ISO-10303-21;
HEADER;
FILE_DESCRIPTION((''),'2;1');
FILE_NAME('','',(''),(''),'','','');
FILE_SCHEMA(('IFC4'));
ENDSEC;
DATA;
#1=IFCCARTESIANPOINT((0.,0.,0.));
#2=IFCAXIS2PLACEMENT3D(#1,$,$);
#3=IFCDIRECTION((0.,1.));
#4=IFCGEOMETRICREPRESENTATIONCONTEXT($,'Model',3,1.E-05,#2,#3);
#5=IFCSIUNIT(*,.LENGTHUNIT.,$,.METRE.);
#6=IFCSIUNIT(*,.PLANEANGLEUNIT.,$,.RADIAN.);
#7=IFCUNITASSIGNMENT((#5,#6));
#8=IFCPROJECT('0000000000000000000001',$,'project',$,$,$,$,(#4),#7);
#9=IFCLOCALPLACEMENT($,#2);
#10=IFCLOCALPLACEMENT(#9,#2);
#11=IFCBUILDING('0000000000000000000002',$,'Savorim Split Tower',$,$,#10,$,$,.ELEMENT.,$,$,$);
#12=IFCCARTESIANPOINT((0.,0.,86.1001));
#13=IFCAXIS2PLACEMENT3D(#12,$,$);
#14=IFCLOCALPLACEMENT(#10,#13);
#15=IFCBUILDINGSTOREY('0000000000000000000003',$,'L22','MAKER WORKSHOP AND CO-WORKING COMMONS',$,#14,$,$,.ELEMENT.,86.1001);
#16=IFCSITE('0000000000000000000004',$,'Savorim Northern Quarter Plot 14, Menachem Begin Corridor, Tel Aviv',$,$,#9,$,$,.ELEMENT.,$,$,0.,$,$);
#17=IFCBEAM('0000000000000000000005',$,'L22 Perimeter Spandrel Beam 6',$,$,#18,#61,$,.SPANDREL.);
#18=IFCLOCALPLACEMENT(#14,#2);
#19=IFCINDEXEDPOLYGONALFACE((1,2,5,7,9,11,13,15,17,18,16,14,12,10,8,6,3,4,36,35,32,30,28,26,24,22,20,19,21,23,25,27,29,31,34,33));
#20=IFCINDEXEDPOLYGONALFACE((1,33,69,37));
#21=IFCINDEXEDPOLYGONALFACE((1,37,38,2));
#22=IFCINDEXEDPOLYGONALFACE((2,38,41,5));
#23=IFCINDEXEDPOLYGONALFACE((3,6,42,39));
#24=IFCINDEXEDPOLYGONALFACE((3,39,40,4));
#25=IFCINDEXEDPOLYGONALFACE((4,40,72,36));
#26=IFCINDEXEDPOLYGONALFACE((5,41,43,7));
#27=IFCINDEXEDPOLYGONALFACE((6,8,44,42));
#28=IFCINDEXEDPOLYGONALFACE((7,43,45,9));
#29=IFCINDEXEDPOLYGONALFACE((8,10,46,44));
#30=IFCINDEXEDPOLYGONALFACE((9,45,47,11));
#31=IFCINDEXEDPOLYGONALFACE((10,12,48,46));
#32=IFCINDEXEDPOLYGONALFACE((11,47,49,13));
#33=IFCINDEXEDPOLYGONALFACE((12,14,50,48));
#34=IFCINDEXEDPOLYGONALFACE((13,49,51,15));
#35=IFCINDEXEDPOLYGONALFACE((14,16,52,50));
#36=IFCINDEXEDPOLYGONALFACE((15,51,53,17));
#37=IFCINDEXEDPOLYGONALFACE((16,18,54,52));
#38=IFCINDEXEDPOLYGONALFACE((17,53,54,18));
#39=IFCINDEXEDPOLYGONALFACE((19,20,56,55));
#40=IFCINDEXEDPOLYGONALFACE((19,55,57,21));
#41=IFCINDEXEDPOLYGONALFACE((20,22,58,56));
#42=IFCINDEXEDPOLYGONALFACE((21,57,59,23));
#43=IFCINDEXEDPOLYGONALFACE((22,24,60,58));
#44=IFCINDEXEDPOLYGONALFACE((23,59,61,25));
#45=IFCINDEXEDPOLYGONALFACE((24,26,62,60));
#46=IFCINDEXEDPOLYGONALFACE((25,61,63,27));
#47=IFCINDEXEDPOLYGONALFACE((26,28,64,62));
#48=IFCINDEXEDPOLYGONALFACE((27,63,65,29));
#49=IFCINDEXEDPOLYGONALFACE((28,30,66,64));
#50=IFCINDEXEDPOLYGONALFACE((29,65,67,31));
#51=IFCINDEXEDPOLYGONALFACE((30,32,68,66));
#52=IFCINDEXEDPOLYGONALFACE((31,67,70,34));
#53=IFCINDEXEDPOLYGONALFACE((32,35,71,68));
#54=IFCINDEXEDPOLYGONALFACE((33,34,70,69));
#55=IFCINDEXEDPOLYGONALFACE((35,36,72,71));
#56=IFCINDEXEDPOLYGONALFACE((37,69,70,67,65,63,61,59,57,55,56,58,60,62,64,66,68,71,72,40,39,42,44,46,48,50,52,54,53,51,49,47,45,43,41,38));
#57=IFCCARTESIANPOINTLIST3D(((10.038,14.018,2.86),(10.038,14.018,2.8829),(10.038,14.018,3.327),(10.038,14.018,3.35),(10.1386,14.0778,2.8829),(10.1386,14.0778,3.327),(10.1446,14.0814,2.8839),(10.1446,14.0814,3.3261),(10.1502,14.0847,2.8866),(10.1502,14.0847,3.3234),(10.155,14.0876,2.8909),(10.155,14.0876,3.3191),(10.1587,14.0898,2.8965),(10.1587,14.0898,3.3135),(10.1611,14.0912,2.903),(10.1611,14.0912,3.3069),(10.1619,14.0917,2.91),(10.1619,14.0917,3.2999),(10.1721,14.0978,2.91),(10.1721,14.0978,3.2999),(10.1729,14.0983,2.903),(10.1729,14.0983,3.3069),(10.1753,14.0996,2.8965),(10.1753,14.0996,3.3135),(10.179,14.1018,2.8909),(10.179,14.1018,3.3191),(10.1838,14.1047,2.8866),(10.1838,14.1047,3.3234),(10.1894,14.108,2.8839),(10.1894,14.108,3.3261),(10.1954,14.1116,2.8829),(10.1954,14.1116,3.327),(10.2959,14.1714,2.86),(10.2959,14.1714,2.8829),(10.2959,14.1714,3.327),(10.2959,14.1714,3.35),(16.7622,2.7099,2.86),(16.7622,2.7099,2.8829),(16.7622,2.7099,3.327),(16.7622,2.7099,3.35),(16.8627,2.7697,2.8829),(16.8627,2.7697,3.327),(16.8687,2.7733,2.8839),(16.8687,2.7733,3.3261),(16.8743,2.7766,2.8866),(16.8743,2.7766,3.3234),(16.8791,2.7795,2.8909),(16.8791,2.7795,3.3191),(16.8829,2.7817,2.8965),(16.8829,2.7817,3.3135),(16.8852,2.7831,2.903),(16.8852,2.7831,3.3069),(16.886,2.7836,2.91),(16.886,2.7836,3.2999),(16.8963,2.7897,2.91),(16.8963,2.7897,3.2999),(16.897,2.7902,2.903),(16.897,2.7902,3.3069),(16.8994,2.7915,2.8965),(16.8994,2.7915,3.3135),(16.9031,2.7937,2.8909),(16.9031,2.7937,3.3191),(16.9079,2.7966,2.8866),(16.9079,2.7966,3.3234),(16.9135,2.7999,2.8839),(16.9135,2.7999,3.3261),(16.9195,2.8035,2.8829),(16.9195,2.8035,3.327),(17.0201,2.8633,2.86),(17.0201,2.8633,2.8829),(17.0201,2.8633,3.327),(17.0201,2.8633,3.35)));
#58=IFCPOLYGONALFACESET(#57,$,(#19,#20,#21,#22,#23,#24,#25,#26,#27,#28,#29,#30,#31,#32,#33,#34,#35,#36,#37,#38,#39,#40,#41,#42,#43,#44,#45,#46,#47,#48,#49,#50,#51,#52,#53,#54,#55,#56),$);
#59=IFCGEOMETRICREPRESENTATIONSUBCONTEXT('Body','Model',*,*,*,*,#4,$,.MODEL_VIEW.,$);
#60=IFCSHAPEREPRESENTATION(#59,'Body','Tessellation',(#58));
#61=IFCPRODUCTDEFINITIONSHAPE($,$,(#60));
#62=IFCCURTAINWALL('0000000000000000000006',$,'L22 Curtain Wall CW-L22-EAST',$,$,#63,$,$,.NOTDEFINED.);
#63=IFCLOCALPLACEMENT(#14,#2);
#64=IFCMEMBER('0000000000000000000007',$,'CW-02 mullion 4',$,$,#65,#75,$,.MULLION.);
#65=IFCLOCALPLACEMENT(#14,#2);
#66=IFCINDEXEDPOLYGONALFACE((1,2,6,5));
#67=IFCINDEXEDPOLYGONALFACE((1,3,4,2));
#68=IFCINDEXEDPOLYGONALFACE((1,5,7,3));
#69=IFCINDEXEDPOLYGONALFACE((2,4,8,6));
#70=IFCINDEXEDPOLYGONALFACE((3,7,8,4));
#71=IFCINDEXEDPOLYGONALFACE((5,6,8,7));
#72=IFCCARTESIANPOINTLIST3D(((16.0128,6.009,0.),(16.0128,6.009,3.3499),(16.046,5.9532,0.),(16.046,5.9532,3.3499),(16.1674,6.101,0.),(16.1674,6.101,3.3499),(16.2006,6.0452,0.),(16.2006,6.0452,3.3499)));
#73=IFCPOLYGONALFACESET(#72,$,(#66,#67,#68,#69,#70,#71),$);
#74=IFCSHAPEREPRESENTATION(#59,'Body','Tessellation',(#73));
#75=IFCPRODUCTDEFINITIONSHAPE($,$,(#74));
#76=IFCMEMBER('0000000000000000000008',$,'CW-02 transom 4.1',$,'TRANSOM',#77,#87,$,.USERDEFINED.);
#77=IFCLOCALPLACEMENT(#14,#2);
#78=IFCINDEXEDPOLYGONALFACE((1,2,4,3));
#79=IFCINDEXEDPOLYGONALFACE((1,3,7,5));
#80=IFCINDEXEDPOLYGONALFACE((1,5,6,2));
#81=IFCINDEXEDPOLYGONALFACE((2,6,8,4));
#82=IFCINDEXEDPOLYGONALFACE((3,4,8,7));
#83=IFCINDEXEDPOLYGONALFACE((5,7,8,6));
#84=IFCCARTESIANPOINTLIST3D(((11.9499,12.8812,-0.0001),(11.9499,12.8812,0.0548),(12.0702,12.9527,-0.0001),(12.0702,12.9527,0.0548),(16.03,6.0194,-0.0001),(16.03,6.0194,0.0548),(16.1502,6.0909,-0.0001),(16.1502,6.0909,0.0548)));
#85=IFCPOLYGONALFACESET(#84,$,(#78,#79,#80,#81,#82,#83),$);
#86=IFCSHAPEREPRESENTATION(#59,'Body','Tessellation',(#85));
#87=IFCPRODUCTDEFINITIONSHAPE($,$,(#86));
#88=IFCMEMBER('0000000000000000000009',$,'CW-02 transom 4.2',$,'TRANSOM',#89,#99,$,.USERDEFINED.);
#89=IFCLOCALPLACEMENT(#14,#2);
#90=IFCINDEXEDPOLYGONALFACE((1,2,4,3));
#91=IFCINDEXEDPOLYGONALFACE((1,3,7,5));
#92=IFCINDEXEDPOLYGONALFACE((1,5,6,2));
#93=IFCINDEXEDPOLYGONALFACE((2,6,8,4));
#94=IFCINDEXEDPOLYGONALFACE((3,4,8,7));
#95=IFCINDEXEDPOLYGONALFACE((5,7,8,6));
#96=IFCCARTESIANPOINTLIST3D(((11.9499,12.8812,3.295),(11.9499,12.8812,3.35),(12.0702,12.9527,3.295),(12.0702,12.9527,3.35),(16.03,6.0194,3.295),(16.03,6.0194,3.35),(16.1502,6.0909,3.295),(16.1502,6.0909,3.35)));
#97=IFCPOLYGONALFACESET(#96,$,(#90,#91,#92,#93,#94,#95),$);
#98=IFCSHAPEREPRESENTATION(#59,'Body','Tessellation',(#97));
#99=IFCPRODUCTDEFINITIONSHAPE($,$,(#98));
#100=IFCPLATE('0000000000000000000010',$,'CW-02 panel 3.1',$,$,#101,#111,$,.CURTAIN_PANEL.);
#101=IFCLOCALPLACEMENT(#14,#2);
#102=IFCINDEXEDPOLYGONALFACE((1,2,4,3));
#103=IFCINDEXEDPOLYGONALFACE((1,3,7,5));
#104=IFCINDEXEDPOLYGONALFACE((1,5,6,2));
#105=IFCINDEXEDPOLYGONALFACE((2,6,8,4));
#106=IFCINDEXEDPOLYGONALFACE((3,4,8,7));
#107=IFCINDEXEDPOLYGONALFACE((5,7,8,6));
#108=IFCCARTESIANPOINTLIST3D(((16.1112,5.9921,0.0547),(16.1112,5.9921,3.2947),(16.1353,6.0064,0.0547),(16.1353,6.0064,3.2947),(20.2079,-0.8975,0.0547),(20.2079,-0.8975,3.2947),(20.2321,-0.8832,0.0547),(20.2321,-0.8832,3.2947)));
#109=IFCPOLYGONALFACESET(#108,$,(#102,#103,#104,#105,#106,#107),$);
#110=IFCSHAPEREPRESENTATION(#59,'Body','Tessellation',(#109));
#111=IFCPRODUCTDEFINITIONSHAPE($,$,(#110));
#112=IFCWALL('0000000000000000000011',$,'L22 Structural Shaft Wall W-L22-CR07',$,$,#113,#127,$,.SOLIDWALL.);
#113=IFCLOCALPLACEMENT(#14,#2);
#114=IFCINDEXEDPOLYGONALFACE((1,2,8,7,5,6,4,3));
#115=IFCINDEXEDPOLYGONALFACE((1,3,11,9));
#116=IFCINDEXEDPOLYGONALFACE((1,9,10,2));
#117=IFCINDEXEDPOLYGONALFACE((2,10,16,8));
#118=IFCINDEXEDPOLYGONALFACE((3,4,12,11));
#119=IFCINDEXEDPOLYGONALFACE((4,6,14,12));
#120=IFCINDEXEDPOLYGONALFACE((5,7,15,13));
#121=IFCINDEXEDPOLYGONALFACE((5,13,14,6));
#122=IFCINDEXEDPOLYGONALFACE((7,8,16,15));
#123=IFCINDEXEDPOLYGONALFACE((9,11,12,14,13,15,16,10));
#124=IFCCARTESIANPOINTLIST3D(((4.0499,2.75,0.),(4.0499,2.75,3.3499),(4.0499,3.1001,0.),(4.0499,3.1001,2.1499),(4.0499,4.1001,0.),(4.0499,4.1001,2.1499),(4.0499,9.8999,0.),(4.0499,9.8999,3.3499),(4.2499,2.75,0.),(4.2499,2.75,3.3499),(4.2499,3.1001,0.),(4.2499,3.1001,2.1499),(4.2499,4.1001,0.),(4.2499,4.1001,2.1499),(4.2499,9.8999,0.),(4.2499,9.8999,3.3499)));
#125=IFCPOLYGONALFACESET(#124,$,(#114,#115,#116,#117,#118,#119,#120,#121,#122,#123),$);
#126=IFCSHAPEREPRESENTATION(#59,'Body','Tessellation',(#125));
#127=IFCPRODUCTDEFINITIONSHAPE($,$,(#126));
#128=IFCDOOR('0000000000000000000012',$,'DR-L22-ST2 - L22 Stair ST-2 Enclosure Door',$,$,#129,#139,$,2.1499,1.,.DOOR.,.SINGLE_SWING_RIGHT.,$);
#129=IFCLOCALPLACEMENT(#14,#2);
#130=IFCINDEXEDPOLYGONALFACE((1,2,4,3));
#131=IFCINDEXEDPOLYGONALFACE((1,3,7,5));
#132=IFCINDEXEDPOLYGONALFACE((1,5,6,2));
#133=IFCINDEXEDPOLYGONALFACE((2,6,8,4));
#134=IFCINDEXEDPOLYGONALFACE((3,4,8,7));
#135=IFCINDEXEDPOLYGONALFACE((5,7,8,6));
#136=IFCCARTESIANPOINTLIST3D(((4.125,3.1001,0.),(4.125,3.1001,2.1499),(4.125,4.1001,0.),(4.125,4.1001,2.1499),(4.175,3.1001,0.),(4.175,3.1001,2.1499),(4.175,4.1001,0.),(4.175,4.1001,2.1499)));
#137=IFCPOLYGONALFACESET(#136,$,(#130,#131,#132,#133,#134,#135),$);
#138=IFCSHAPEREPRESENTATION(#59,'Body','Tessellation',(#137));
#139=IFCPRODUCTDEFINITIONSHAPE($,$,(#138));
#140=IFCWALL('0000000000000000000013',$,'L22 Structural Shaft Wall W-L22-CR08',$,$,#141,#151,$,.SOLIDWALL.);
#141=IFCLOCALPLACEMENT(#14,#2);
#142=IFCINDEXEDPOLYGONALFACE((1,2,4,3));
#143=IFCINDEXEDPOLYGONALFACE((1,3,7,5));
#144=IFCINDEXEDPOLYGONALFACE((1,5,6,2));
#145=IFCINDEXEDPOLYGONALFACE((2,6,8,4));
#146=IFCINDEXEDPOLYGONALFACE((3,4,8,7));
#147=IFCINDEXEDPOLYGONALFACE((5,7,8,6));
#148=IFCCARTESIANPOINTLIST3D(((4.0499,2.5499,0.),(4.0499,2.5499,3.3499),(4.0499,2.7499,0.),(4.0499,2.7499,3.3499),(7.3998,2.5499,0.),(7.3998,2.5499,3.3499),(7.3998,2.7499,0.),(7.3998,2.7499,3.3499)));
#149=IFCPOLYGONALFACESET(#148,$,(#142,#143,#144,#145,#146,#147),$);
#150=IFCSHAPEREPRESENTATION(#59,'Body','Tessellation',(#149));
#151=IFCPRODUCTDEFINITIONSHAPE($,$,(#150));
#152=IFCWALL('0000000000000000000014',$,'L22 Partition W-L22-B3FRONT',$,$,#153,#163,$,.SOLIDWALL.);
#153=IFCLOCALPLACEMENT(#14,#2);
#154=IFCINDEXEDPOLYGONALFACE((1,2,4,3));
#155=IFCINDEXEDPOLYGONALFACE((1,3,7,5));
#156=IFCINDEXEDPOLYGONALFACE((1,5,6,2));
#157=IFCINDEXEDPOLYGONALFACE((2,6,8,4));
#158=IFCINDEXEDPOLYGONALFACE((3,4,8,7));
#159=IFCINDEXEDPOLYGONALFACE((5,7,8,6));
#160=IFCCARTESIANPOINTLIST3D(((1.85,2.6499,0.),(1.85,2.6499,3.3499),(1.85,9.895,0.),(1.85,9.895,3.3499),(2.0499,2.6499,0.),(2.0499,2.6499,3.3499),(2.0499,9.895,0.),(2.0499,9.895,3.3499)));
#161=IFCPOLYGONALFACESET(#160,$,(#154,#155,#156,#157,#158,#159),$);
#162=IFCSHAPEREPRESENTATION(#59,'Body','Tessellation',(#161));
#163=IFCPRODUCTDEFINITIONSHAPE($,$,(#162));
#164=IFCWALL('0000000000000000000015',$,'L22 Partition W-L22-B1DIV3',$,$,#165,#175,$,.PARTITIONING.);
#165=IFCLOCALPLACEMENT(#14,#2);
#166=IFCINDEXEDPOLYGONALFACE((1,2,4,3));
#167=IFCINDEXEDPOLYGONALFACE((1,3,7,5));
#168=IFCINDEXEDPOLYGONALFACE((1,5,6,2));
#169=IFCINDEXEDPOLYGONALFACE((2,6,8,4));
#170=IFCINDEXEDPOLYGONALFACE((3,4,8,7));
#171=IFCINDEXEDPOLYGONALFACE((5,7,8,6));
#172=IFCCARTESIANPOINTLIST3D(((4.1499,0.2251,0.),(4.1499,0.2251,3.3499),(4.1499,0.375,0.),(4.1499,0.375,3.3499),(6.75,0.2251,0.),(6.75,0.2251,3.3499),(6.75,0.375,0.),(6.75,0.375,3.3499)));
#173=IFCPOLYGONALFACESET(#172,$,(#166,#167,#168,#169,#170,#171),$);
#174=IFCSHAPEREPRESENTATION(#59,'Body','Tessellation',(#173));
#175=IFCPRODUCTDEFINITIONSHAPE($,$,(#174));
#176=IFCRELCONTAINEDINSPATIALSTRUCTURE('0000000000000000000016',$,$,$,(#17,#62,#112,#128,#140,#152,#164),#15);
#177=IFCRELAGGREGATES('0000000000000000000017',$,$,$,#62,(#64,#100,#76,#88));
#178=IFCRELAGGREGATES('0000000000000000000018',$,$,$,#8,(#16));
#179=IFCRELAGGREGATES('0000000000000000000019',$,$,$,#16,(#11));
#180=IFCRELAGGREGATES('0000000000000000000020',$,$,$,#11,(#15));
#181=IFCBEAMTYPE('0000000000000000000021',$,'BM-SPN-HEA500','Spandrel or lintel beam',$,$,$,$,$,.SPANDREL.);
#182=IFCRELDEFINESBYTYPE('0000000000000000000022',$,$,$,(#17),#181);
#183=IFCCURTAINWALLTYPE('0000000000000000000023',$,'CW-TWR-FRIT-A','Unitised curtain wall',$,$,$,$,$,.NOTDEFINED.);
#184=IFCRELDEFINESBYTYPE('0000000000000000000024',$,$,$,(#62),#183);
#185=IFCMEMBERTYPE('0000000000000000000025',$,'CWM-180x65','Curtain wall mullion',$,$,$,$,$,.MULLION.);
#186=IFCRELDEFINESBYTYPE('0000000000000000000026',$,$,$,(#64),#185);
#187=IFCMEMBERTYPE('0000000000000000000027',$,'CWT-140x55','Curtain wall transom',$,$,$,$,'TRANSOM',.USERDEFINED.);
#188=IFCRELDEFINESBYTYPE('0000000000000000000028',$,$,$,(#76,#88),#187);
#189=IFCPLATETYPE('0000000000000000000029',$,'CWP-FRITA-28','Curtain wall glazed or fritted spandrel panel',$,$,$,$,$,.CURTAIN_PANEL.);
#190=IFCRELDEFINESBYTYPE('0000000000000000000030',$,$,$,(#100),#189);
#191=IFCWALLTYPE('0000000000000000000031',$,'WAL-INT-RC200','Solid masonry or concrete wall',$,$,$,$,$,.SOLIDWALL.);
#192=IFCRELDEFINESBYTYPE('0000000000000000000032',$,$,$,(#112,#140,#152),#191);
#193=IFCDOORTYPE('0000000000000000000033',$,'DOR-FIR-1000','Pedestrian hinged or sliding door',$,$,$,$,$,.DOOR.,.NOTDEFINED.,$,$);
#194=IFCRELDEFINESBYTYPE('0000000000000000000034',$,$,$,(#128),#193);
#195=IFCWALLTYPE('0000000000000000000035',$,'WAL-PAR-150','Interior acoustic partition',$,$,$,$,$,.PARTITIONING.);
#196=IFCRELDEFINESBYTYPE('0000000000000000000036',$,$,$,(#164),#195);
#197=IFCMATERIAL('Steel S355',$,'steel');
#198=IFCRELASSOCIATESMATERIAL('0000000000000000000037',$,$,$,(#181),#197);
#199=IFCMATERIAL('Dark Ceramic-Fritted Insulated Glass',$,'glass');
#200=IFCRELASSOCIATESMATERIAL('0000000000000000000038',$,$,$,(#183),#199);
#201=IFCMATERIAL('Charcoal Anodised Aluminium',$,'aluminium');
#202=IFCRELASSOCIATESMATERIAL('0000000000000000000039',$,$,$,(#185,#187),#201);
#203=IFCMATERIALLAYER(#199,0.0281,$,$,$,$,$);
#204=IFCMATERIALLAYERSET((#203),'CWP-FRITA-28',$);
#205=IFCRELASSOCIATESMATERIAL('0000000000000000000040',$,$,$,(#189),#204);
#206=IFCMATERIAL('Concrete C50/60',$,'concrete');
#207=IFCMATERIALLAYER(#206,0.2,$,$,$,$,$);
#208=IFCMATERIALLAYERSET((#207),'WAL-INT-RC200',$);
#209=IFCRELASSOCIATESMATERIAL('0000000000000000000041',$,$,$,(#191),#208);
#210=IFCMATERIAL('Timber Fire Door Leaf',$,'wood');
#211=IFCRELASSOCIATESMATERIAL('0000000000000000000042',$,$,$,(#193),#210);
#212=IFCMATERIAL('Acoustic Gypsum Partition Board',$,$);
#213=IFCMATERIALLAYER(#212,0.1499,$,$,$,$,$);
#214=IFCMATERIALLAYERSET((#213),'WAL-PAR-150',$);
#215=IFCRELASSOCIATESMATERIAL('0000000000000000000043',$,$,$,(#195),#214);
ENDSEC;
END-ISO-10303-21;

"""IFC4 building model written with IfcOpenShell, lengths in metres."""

from ifc_helpers import new_model, si_unit, direction, frame, frame_2d, origin, origin_2d, place, context, subcontext, project, spatial, rectangle, i_section, extrude, material, layer, layer_set, material_profile, profile_set, type_object, element, fill, aggregate, save


model = new_model("IFC4")

# Units and contexts
model_context = context("Model", 3, precision=1e-05, world=origin(), true_north=direction((0.0, 1.0)))
body_context = subcontext(model_context, "Body", "Model", "MODEL_VIEW")
ifc_project = project(units=[si_unit("LENGTHUNIT", "METRE"), si_unit("PLANEANGLEUNIT", "RADIAN")], contexts=[model_context])

# Site, building, storey
site_placement = place(None, origin())
site = spatial("IfcSite", under=ifc_project, at=site_placement, Name="Savorim Northern Quarter Plot 14, Menachem Begin Corridor, Tel Aviv", CompositionType="ELEMENT", RefElevation=0.0)
building_placement = place(site_placement, origin())
building = spatial("IfcBuilding", under=site, at=building_placement, Name="Savorim Split Tower", CompositionType="ELEMENT")
storey_placement = place(building_placement, frame((0.0, 0.0, 86.1001)))
storey = spatial("IfcBuildingStorey", under=building, at=storey_placement, Name="L22", Description="MAKER WORKSHOP AND CO-WORKING COMMONS", CompositionType="ELEMENT", Elevation=86.1001)

# Beam
ifc_material_1 = material(Name="Steel S355", Category="steel")
ifc_material_profile_1 = material_profile(ifc_material_1, i_section(OverallWidth=0.3, OverallDepth=0.49, WebThickness=0.012, FlangeThickness=0.0229, FilletRadius=0.0271, at=origin_2d()), Name="HEA 500")
ifc_profile_set_1 = profile_set([ifc_material_profile_1], Name="Steel S355")
beam_type_1 = type_object("IfcBeamType", Name="BM-SPN-HEA500", Description="Spandrel or lintel beam", PredefinedType="SPANDREL", material=ifc_profile_set_1)
beam_1_placement = place(storey_placement, frame((16.8911, 2.7866, 3.105), z_axis=(-0.511097, 0.859523, 0.0), x_axis=(-0.859523, -0.511097, 0.0)))
element("IfcBeam", 1, at=beam_1_placement, inside=storey, type_object=beam_type_1, Name="L22 Perimeter Spandrel Beam 6", PredefinedType="SPANDREL", context=body_context, shape_type="SweptSolid", body=[
    extrude(i_section(OverallWidth=0.3, OverallDepth=0.49, WebThickness=0.012, FlangeThickness=0.0229, FilletRadius=0.0271, at=origin_2d()), origin(), (0.0, 0.0, 1.0), 13.1562),
])

# Curtain wall, members, plate
ifc_material_2 = material(Name="Dark Ceramic-Fritted Insulated Glass", Category="glass")
curtain_wall_type = type_object("IfcCurtainWallType", Name="CW-TWR-FRIT-A", Description="Unitised curtain wall", PredefinedType="NOTDEFINED", material=ifc_material_2)
curtain_wall_placement = place(storey_placement, origin())
curtain_wall = element("IfcCurtainWall", 2, at=curtain_wall_placement, inside=storey, type_object=curtain_wall_type, Name="L22 Curtain Wall CW-L22-EAST", PredefinedType="NOTDEFINED")
ifc_material_3 = material(Name="Charcoal Anodised Aluminium", Category="aluminium")
ifc_material_profile_2 = material_profile(ifc_material_3, rectangle(XDim=0.1799, YDim=0.0649, at=origin_2d()), Name="ALU-M 180x65")
ifc_profile_set_2 = profile_set([ifc_material_profile_2], Name="Charcoal Anodised Aluminium")
member_type_1 = type_object("IfcMemberType", Name="CWM-180x65", Description="Curtain wall mullion", PredefinedType="MULLION", material=ifc_profile_set_2)
member_1_placement = place(storey_placement, frame((16.1067, 6.0271, 0.0), z_axis=(0.0, 0.0, 1.0), x_axis=(-0.859525, -0.511094, 0.0)))
member_1 = element("IfcMember", 3, at=member_1_placement, type_object=member_type_1, Name="CW-02 mullion 4", PredefinedType="MULLION", context=body_context, shape_type="SweptSolid", body=[
    extrude(rectangle(XDim=0.1799, YDim=0.0649, at=origin_2d()), origin(), (0.0, 0.0, 1.0), 3.3499),
])
ifc_material_profile_3 = material_profile(ifc_material_3, rectangle(XDim=0.1399, YDim=0.0549, at=origin_2d()), Name="ALU-T 140x55")
ifc_profile_set_3 = profile_set([ifc_material_profile_3], Name="Charcoal Anodised Aluminium")
member_type_2 = type_object("IfcMemberType", Name="CWT-140x55", Description="Curtain wall transom", ElementType="TRANSOM", PredefinedType="USERDEFINED", material=ifc_profile_set_3)
member_2_placement = place(storey_placement, frame((16.0901, 6.0552, 0.0273), z_axis=(-0.511083, 0.859532, 0.0), x_axis=(-0.859532, -0.511083, 0.0)))
member_2 = element("IfcMember", 4, at=member_2_placement, type_object=member_type_2, Name="CW-02 transom 4.1", ObjectType="TRANSOM", PredefinedType="USERDEFINED", context=body_context, shape_type="SweptSolid", body=[
    extrude(rectangle(XDim=0.1399, YDim=0.0549, at=origin_2d()), origin(), (0.0, 0.0, 1.0), 7.9832),
])
member_3_placement = place(storey_placement, frame((16.0901, 6.0552, 3.3225), z_axis=(-0.511083, 0.859532, 0.0), x_axis=(-0.859532, -0.511083, 0.0)))
member_3 = element("IfcMember", 5, at=member_3_placement, type_object=member_type_2, Name="CW-02 transom 4.2", ObjectType="TRANSOM", PredefinedType="USERDEFINED", context=body_context, shape_type="SweptSolid", body=[
    extrude(rectangle(XDim=0.1399, YDim=0.0549, at=origin_2d()), origin(), (0.0, 0.0, 1.0), 7.9832),
])
ifc_layer_1 = layer(ifc_material_2, 0.0281)
ifc_layer_set_1 = layer_set([ifc_layer_1], Name="CWP-FRITA-28")
plate_type = type_object("IfcPlateType", Name="CWP-FRITA-28", Description="Curtain wall glazed or fritted spandrel panel", PredefinedType="CURTAIN_PANEL", material=ifc_layer_set_1)
plate_placement = place(storey_placement, frame((18.1716, 2.5544, 0.0547), z_axis=(0.0, 0.0, 1.0), x_axis=(-0.511094, 0.859525, 0.0)))
plate = element("IfcPlate", 6, at=plate_placement, type_object=plate_type, Name="CW-02 panel 3.1", PredefinedType="CURTAIN_PANEL", context=body_context, shape_type="SweptSolid", body=[
    extrude(rectangle(XDim=8.0156, YDim=0.0281, at=origin_2d()), origin(), (0.0, 0.0, 1.0), 3.24),
])
aggregate(curtain_wall, [member_1, plate, member_2, member_3])

# Wall, opening, door
ifc_material_4 = material(Name="Concrete C50/60", Category="concrete")
ifc_layer_2 = layer(ifc_material_4, 0.2)
ifc_layer_set_2 = layer_set([ifc_layer_2], Name="WAL-INT-RC200")
wall_type_1 = type_object("IfcWallType", Name="WAL-INT-RC200", Description="Solid masonry or concrete wall", PredefinedType="SOLIDWALL", material=ifc_layer_set_2)
wall_1_placement = place(storey_placement, frame((4.1499, 2.75, 0.0), z_axis=(0.0, 0.0, 1.0), x_axis=(0.0, 1.0, 0.0)))
wall_1 = element("IfcWall", 7, at=wall_1_placement, inside=storey, type_object=wall_type_1, Name="L22 Structural Shaft Wall W-L22-CR07", PredefinedType="SOLIDWALL", context=body_context, shape_type="SweptSolid", body=[
    extrude(rectangle(XDim=7.1499, YDim=0.2, at=frame_2d((3.575, 0.0))), origin(), (0.0, 0.0, 1.0), 3.3499),
])
opening_placement = place(wall_1_placement, frame((0.3501, 0.0, 0.0)))
opening = element("IfcOpeningElement", 8, at=opening_placement, cuts=wall_1, PredefinedType="OPENING", context=body_context, shape_type="SweptSolid", body=[
    extrude(rectangle(XDim=1.0, YDim=2.1499, at=frame_2d((0.5, 1.075))), frame((0.0, 0.1099, 0.0), z_axis=(0.0, -1.0, 0.0), x_axis=(1.0, 0.0, 0.0)), (0.0, 0.0, 1.0), 0.22),
])
ifc_material_5 = material(Name="Timber Fire Door Leaf", Category="wood")
door_type = type_object("IfcDoorType", Name="DOR-FIR-1000", Description="Pedestrian hinged or sliding door", OperationType="NOTDEFINED", PredefinedType="DOOR", material=ifc_material_5)
door_placement = place(opening_placement, origin())
door = element("IfcDoor", 9, at=door_placement, inside=storey, type_object=door_type, Name="DR-L22-ST2 - L22 Stair ST-2 Enclosure Door", OperationType="SINGLE_SWING_RIGHT", OverallHeight=2.1499, OverallWidth=1.0, PredefinedType="DOOR", context=body_context, shape_type="SweptSolid", body=[
    extrude(rectangle(XDim=1.0, YDim=2.1499, at=frame_2d((0.5, 1.075))), frame((0.0, 0.0249, 0.0), z_axis=(0.0, -1.0, 0.0), x_axis=(1.0, 0.0, 0.0)), (0.0, 0.0, 1.0), 0.05),
])
fill(opening, door)

# Walls
wall_2_placement = place(storey_placement, frame((4.05, 2.6499, 0.0), z_axis=(0.0, 0.0, 1.0), x_axis=(1.0, 0.0, 0.0)))
element("IfcWall", 10, at=wall_2_placement, inside=storey, type_object=wall_type_1, Name="L22 Structural Shaft Wall W-L22-CR08", PredefinedType="SOLIDWALL", context=body_context, shape_type="SweptSolid", body=[
    extrude(rectangle(XDim=3.3499, YDim=0.2, at=frame_2d((1.6748, 0.0))), origin(), (0.0, 0.0, 1.0), 3.3499),
])
wall_3_placement = place(storey_placement, frame((1.95, 2.6499, 0.0), z_axis=(0.0, 0.0, 1.0), x_axis=(0.0, 1.0, 0.0)))
element("IfcWall", 11, at=wall_3_placement, inside=storey, type_object=wall_type_1, Name="L22 Partition W-L22-B3FRONT", PredefinedType="SOLIDWALL", context=body_context, shape_type="SweptSolid", body=[
    extrude(rectangle(XDim=7.2451, YDim=0.2, at=frame_2d((3.6226, 0.0))), origin(), (0.0, 0.0, 1.0), 3.3499),
])
ifc_material_6 = material(Name="Acoustic Gypsum Partition Board")
ifc_layer_3 = layer(ifc_material_6, 0.1499)
ifc_layer_set_3 = layer_set([ifc_layer_3], Name="WAL-PAR-150")
wall_type_2 = type_object("IfcWallType", Name="WAL-PAR-150", Description="Interior acoustic partition", PredefinedType="PARTITIONING", material=ifc_layer_set_3)
wall_4_placement = place(storey_placement, frame((4.1499, 0.3, 0.0), z_axis=(0.0, 0.0, 1.0), x_axis=(1.0, 0.0, 0.0)))
element("IfcWall", 12, at=wall_4_placement, inside=storey, type_object=wall_type_2, Name="L22 Partition W-L22-B1DIV3", PredefinedType="PARTITIONING", context=body_context, shape_type="SweptSolid", body=[
    extrude(rectangle(XDim=2.6001, YDim=0.1499, at=frame_2d((1.3, 0.0))), origin(), (0.0, 0.0, 1.0), 3.3499),
])

save(model, "model.ifc")
